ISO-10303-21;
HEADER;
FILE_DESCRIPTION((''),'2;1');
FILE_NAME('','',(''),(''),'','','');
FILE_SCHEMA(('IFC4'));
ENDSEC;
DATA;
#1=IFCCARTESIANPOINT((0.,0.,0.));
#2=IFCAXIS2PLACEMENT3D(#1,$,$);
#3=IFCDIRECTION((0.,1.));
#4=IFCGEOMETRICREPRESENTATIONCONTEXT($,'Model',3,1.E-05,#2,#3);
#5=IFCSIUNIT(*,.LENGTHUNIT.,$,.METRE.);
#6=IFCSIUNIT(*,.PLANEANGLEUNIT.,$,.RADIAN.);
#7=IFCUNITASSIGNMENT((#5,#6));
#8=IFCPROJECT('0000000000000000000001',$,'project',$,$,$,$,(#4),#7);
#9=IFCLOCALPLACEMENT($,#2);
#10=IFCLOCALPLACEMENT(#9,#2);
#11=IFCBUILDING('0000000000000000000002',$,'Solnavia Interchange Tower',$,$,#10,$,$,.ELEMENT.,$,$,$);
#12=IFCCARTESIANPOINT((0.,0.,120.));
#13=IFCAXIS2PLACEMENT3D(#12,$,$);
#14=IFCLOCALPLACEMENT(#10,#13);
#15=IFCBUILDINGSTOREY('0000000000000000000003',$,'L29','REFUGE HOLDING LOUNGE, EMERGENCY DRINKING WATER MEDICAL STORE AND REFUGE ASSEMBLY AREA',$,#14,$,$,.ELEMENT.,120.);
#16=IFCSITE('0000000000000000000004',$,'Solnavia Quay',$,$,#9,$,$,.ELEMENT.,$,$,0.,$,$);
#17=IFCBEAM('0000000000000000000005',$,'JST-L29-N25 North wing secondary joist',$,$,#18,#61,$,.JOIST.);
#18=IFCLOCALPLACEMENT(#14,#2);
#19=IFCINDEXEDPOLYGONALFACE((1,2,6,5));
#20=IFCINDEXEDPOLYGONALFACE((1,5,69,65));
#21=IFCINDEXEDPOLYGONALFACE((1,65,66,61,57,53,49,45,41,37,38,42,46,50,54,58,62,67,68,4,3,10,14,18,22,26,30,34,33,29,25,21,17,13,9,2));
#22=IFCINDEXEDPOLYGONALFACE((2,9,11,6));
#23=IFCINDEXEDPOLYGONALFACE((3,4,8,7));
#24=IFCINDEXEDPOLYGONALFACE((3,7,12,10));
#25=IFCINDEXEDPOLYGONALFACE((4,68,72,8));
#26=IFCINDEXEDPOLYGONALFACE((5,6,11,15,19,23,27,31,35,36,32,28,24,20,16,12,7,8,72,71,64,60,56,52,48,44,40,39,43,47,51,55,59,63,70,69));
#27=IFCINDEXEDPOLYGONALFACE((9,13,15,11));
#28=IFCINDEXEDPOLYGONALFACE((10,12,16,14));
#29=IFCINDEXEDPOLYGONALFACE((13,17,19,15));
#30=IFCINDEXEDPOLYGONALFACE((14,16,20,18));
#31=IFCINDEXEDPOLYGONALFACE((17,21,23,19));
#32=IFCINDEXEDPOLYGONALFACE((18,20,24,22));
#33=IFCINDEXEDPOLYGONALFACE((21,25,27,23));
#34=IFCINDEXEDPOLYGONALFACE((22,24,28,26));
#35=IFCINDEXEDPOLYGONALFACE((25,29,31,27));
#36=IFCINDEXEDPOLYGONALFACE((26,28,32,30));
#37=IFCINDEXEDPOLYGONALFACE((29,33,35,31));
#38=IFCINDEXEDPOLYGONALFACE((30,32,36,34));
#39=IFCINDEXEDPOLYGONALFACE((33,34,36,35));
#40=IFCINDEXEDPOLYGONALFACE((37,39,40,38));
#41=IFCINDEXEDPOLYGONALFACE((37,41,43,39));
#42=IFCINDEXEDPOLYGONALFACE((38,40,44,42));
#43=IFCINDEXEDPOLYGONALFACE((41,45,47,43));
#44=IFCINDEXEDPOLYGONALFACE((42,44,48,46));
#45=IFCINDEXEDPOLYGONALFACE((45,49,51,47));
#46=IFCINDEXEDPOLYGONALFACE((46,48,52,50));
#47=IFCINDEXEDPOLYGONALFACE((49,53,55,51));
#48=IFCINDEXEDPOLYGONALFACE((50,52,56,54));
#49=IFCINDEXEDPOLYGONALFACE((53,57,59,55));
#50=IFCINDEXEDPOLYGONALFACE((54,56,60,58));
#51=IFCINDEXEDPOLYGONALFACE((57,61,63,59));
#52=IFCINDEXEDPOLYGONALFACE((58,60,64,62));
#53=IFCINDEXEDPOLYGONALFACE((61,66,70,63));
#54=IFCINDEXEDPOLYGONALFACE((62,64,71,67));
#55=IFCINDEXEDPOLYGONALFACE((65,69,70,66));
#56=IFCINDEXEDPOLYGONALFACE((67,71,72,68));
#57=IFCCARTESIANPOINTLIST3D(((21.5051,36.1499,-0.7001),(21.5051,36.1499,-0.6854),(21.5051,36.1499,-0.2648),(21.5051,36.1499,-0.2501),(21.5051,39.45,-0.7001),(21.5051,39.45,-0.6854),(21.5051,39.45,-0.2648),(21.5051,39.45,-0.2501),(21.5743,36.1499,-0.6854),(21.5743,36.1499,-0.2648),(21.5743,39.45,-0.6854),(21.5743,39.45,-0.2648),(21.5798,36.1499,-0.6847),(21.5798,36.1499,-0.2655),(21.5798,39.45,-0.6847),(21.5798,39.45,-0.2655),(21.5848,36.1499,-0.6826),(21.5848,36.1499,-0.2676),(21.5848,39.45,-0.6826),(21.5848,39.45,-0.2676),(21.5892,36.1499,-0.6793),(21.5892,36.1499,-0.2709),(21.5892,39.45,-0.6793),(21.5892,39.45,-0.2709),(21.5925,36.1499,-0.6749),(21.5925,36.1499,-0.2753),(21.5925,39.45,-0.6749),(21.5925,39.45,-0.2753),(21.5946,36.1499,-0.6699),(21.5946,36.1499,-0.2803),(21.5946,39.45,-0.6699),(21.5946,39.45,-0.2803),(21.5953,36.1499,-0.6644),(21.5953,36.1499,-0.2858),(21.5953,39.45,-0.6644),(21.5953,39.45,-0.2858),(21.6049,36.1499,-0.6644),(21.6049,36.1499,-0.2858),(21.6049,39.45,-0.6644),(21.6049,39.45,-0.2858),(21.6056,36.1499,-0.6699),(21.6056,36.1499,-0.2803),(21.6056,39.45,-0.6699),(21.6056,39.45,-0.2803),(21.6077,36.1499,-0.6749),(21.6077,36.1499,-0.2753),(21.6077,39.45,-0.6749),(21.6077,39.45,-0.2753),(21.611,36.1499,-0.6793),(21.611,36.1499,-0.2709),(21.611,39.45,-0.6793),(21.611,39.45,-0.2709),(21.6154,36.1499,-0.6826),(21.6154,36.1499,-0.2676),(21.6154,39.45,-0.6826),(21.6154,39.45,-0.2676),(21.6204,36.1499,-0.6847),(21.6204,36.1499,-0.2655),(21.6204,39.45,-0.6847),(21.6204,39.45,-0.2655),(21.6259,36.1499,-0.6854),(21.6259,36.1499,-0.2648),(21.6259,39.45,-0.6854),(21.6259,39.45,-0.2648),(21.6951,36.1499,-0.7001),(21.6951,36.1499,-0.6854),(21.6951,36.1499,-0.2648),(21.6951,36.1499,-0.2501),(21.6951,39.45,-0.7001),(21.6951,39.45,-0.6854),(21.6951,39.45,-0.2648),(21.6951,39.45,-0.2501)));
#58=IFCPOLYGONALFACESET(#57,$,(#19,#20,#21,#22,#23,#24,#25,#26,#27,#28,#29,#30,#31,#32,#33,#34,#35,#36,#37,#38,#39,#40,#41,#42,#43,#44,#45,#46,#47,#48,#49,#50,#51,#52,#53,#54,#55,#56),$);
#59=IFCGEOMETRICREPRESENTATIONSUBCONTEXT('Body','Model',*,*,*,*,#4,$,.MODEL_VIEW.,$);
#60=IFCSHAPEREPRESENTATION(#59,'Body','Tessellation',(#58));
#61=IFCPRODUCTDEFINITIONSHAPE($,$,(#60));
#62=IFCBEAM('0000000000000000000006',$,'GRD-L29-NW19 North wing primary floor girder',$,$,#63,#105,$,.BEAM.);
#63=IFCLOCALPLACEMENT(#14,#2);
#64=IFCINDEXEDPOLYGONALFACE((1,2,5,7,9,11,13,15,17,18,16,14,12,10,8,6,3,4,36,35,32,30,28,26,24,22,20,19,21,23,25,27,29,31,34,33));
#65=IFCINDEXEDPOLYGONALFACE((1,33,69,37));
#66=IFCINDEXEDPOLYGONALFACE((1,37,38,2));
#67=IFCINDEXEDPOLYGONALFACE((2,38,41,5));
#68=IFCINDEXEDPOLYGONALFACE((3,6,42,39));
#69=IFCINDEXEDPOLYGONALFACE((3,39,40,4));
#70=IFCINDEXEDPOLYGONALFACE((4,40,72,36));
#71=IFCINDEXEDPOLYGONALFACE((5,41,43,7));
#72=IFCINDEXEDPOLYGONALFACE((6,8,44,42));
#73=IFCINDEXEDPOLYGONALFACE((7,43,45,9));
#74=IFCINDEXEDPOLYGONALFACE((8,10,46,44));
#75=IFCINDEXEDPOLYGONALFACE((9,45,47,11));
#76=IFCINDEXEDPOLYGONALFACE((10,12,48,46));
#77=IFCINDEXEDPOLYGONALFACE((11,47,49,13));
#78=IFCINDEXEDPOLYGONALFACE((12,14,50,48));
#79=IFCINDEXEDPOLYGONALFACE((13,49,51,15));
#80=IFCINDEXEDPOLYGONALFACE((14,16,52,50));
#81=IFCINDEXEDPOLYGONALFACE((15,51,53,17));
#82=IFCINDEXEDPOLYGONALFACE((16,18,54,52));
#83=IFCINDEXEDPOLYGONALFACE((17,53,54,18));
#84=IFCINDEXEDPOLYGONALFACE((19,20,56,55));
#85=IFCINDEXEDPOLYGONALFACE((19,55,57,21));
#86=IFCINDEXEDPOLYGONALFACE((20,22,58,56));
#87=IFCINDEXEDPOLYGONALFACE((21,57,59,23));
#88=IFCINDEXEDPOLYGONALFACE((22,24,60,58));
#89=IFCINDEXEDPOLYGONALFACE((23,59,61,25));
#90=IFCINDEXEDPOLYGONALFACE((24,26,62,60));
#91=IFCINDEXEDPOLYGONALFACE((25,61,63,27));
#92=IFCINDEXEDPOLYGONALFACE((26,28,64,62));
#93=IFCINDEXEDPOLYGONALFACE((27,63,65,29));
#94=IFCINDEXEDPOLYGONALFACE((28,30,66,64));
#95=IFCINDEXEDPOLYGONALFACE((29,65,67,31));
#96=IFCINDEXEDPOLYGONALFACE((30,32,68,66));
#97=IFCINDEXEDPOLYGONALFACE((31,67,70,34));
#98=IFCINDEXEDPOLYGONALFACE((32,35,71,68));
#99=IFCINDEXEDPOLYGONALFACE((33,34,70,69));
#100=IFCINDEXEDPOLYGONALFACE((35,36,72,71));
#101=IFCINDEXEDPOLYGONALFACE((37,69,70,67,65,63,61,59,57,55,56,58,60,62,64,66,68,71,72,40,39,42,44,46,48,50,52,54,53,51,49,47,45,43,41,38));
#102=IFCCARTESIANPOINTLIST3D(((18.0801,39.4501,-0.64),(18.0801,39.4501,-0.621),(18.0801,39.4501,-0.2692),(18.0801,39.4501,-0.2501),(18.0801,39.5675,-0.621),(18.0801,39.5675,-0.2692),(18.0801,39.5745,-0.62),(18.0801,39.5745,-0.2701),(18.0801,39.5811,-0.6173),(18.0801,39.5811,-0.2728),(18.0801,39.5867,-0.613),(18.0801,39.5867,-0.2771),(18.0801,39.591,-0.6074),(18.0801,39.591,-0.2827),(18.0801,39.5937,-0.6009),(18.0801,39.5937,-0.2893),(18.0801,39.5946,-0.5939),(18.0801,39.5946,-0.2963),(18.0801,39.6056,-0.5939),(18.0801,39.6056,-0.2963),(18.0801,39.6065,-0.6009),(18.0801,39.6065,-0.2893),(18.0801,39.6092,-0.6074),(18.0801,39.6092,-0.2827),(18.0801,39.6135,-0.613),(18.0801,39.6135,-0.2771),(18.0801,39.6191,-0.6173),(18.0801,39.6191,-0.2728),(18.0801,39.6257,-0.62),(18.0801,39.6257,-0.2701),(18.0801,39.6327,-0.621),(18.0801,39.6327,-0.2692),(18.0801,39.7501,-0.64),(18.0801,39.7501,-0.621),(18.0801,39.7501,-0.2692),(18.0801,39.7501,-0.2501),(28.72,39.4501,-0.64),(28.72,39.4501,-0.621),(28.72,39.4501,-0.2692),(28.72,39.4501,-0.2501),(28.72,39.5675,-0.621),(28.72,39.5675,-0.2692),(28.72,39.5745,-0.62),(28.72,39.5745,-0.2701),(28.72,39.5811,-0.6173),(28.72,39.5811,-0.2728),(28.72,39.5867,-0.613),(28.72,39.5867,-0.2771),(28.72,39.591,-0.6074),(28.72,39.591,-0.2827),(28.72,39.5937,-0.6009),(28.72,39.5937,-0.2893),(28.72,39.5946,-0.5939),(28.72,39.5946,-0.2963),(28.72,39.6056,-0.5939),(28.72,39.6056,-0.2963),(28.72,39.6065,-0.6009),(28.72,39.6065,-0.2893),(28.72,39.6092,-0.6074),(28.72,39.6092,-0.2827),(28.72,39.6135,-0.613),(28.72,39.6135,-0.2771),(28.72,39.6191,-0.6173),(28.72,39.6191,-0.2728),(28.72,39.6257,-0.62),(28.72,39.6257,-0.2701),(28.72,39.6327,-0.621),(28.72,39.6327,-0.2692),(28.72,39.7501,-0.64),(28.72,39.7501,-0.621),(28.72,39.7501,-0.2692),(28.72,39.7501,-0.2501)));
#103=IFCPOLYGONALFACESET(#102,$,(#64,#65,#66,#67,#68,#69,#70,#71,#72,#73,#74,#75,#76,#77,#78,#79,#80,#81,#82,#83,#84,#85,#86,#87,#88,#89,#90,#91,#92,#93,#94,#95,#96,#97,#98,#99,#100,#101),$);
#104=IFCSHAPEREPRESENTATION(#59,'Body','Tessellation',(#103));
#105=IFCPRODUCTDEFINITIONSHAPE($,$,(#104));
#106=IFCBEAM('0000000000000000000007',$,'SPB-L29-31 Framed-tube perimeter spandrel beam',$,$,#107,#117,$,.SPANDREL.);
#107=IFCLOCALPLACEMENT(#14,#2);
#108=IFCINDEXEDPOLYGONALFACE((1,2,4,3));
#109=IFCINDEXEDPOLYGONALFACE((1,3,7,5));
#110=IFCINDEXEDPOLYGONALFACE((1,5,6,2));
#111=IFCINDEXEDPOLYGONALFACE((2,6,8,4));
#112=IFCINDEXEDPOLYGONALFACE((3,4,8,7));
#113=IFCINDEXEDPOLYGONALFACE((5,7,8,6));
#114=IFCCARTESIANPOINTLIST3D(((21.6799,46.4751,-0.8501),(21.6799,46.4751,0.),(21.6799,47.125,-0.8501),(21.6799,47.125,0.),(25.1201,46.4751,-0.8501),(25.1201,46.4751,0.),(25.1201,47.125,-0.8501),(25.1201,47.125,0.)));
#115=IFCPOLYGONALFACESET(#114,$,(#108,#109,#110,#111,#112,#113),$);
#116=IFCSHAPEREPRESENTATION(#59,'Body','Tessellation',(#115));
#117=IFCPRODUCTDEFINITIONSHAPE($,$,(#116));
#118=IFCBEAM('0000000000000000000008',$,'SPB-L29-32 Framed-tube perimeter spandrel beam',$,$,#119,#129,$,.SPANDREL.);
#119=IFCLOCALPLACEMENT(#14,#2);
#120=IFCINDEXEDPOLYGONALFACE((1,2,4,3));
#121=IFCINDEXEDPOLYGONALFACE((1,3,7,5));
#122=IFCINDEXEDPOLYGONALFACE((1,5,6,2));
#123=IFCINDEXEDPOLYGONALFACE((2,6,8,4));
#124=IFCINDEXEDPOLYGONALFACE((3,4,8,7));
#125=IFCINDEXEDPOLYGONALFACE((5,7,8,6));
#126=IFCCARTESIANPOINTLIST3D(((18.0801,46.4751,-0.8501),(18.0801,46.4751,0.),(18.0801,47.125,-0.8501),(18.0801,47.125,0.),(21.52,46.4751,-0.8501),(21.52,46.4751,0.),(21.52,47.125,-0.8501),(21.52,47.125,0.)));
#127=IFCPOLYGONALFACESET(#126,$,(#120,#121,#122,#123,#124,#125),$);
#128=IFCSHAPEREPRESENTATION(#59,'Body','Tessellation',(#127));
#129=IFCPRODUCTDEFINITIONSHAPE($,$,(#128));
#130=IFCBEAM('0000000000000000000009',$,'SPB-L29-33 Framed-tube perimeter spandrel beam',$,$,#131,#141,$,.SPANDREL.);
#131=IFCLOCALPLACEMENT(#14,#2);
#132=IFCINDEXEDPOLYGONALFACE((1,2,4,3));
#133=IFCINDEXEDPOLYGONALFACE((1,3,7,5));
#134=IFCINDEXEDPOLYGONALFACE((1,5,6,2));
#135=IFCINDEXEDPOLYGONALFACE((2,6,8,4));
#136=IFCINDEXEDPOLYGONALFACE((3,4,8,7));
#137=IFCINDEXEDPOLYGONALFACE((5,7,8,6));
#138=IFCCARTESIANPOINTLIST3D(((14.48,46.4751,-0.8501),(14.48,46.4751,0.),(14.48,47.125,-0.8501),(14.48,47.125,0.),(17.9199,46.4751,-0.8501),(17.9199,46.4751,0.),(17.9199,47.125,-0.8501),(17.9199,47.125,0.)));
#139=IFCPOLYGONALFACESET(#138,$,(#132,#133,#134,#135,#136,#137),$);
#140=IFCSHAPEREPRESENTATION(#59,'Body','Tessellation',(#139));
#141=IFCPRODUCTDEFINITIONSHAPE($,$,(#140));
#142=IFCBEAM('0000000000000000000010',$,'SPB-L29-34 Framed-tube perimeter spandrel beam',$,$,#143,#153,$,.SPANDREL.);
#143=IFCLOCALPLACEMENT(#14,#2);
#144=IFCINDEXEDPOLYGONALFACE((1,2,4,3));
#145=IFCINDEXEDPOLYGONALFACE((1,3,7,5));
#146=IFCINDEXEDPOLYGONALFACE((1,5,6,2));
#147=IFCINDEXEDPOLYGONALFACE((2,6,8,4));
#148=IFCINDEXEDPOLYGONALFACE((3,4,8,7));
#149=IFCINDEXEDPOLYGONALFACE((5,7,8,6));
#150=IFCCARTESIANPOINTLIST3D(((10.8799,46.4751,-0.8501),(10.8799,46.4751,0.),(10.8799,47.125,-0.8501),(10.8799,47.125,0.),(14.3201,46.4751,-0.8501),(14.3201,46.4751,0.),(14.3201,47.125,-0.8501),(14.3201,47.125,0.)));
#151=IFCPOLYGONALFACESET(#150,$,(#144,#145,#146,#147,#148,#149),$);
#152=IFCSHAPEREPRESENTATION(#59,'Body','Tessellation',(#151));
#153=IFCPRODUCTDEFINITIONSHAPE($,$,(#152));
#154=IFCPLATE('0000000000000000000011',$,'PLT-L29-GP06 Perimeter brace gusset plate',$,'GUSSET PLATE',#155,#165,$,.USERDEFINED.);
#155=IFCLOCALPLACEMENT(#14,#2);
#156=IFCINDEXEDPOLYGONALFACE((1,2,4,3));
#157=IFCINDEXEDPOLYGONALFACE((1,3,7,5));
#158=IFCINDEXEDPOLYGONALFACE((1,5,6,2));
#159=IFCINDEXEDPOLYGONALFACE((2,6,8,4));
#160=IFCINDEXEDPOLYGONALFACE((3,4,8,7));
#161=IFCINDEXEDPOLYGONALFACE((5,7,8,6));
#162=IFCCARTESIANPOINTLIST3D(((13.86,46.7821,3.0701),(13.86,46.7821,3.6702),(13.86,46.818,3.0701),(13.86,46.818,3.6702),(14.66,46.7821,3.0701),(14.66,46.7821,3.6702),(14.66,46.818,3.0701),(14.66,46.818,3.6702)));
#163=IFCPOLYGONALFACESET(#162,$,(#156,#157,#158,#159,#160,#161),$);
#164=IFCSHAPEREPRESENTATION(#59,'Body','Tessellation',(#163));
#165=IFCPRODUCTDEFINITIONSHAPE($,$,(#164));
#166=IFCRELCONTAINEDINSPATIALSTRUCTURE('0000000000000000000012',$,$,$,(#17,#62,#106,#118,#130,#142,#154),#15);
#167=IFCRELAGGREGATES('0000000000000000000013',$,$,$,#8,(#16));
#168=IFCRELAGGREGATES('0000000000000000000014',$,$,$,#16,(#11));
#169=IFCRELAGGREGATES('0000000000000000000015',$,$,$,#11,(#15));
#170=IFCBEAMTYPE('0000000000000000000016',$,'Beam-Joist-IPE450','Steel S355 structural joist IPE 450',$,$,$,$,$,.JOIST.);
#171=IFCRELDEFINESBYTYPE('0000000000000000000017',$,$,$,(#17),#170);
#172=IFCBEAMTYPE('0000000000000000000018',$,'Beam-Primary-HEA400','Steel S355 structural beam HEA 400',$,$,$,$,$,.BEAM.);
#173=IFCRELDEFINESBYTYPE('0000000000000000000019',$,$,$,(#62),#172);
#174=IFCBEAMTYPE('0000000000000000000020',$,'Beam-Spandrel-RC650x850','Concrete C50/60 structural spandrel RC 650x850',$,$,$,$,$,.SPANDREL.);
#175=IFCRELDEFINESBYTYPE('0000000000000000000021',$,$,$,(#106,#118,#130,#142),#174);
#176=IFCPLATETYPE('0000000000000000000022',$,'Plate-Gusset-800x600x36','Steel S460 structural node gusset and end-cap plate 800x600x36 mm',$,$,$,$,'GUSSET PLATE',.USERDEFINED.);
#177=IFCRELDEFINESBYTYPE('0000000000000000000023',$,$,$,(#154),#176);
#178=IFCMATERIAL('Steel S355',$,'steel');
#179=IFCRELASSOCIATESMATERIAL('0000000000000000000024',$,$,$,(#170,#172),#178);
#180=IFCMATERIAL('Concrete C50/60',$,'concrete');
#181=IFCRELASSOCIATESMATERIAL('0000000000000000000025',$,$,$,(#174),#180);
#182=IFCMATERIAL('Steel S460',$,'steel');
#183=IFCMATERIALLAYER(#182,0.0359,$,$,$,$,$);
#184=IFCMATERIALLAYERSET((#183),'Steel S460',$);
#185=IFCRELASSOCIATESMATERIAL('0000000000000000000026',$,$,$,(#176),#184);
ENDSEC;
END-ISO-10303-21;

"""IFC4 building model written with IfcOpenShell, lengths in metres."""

from ifc_helpers import new_model, si_unit, direction, frame, origin, origin_2d, place, context, subcontext, project, spatial, rectangle, i_section, extrude, material, layer, layer_set, material_profile, profile_set, type_object, element, save


model = new_model("IFC4")

# Units and contexts
model_context = context("Model", 3, precision=1e-05, world=origin(), true_north=direction((0.0, 1.0)))
body_context = subcontext(model_context, "Body", "Model", "MODEL_VIEW")
ifc_project = project(units=[si_unit("LENGTHUNIT", "METRE"), si_unit("PLANEANGLEUNIT", "RADIAN")], contexts=[model_context])

# Site, building, storey
site_placement = place(None, origin())
site = spatial("IfcSite", under=ifc_project, at=site_placement, Name="Solnavia Quay", CompositionType="ELEMENT", RefElevation=0.0)
building_placement = place(site_placement, origin())
building = spatial("IfcBuilding", under=site, at=building_placement, Name="Solnavia Interchange Tower", CompositionType="ELEMENT")
storey_placement = place(building_placement, frame((0.0, 0.0, 120.0)))
storey = spatial("IfcBuildingStorey", under=building, at=storey_placement, Name="L29", Description="REFUGE HOLDING LOUNGE, EMERGENCY DRINKING WATER MEDICAL STORE AND REFUGE ASSEMBLY AREA", CompositionType="ELEMENT", Elevation=120.0)

# Shared definitions
ifc_material_1 = material(Name="Concrete C50/60", Category="concrete")
ifc_material_2 = material(Name="Steel S355", Category="steel")

# Beams
ifc_material_3 = material(Name="Steel S460", Category="steel")
ifc_material_profile_1 = material_profile(ifc_material_2, i_section(OverallWidth=0.1899, OverallDepth=0.45, WebThickness=0.0095, FlangeThickness=0.0146, FilletRadius=0.021, at=origin_2d()), Name="IPE 450")
ifc_profile_set_1 = profile_set([ifc_material_profile_1], Name="Steel S355")
beam_type_1 = type_object("IfcBeamType", Name="Beam-Joist-IPE450", Description="Steel S355 structural joist IPE 450", PredefinedType="JOIST", material=ifc_profile_set_1)
for number, where, z_axis, x_axis, name in (
    (1, (21.6001, 36.1499, -0.4751), (0.0, 1.0, 0.0), (-1.0, 0.0, 0.0), "JST-L29-N25 North wing secondary joist"),
):
    element("IfcBeam", number, at=place(storey_placement, frame(where, z_axis=z_axis, x_axis=x_axis)), inside=storey, type_object=beam_type_1, Name=name, PredefinedType="JOIST", context=body_context, shape_type="SweptSolid", body=[
        extrude(i_section(OverallWidth=0.1899, OverallDepth=0.45, WebThickness=0.0095, FlangeThickness=0.0146, FilletRadius=0.021, at=origin_2d()), origin(), (0.0, 0.0, 1.0), 3.3),
    ])
ifc_material_profile_2 = material_profile(ifc_material_2, i_section(OverallWidth=0.3, OverallDepth=0.3899, WebThickness=0.011, FlangeThickness=0.019, FilletRadius=0.0271, at=origin_2d()), Name="HEA 400")
ifc_profile_set_2 = profile_set([ifc_material_profile_2], Name="Steel S355")
beam_type_2 = type_object("IfcBeamType", Name="Beam-Primary-HEA400", Description="Steel S355 structural beam HEA 400", PredefinedType="BEAM", material=ifc_profile_set_2)
beam_1_placement = place(storey_placement, frame((18.0801, 39.6001, -0.4451), z_axis=(1.0, 0.0, 0.0), x_axis=(0.0, 1.0, 0.0)))
element("IfcBeam", 2, at=beam_1_placement, inside=storey, type_object=beam_type_2, Name="GRD-L29-NW19 North wing primary floor girder", PredefinedType="BEAM", context=body_context, shape_type="SweptSolid", body=[
    extrude(i_section(OverallWidth=0.3, OverallDepth=0.3899, WebThickness=0.011, FlangeThickness=0.019, FilletRadius=0.0271, at=origin_2d()), origin(), (0.0, 0.0, 1.0), 10.6399),
])
ifc_material_profile_3 = material_profile(ifc_material_1, rectangle(XDim=0.6499, YDim=0.8501, at=origin_2d()), Name="RC 650x850")
ifc_profile_set_3 = profile_set([ifc_material_profile_3], Name="Concrete C50/60")
beam_type_3 = type_object("IfcBeamType", Name="Beam-Spandrel-RC650x850", Description="Concrete C50/60 structural spandrel RC 650x850", PredefinedType="SPANDREL", material=ifc_profile_set_3)
beam_2_placement = place(storey_placement, frame((25.1201, 46.8, -0.425), z_axis=(-1.0, 0.0, 0.0), x_axis=(0.0, -1.0, 0.0)))
element("IfcBeam", 3, at=beam_2_placement, inside=storey, type_object=beam_type_3, Name="SPB-L29-31 Framed-tube perimeter spandrel beam", PredefinedType="SPANDREL", context=body_context, shape_type="SweptSolid", body=[
    extrude(rectangle(XDim=0.6499, YDim=0.8501, at=origin_2d()), origin(), (0.0, 0.0, 1.0), 3.4402),
])
for number, where, z_axis, x_axis, name in (
    (4, (21.52, 46.8, -0.425), (-1.0, 0.0, 0.0), (0.0, -1.0, 0.0), "SPB-L29-32 Framed-tube perimeter spandrel beam"),
    (5, (17.9199, 46.8, -0.425), (-1.0, 0.0, 0.0), (0.0, -1.0, 0.0), "SPB-L29-33 Framed-tube perimeter spandrel beam"),
):
    element("IfcBeam", number, at=place(storey_placement, frame(where, z_axis=z_axis, x_axis=x_axis)), inside=storey, type_object=beam_type_3, Name=name, PredefinedType="SPANDREL", context=body_context, shape_type="SweptSolid", body=[
        extrude(rectangle(XDim=0.6499, YDim=0.8501, at=origin_2d()), origin(), (0.0, 0.0, 1.0), 3.4399),
    ])
beam_3_placement = place(storey_placement, frame((14.3201, 46.8, -0.425), z_axis=(-1.0, 0.0, 0.0), x_axis=(0.0, -1.0, 0.0)))
element("IfcBeam", 6, at=beam_3_placement, inside=storey, type_object=beam_type_3, Name="SPB-L29-34 Framed-tube perimeter spandrel beam", PredefinedType="SPANDREL", context=body_context, shape_type="SweptSolid", body=[
    extrude(rectangle(XDim=0.6499, YDim=0.8501, at=origin_2d()), origin(), (0.0, 0.0, 1.0), 3.4402),
])

# Plate
ifc_layer_1 = layer(ifc_material_3, 0.0359)
ifc_layer_set_1 = layer_set([ifc_layer_1], Name="Steel S460")
plate_type = type_object("IfcPlateType", Name="Plate-Gusset-800x600x36", Description="Steel S460 structural node gusset and end-cap plate 800x600x36 mm", ElementType="GUSSET PLATE", PredefinedType="USERDEFINED", material=ifc_layer_set_1)
plate_placement = place(storey_placement, frame((14.26, 46.8, 3.0701), z_axis=(0.0, 0.0, 1.0), x_axis=(1.0, 0.0, 0.0)))
element("IfcPlate", 7, at=plate_placement, inside=storey, type_object=plate_type, Name="PLT-L29-GP06 Perimeter brace gusset plate", ObjectType="GUSSET PLATE", PredefinedType="USERDEFINED", context=body_context, shape_type="SweptSolid", body=[
    extrude(rectangle(XDim=0.8, YDim=0.0359, at=origin_2d()), origin(), (0.0, 0.0, 1.0), 0.6001),
])

save(model, "model.ifc")
